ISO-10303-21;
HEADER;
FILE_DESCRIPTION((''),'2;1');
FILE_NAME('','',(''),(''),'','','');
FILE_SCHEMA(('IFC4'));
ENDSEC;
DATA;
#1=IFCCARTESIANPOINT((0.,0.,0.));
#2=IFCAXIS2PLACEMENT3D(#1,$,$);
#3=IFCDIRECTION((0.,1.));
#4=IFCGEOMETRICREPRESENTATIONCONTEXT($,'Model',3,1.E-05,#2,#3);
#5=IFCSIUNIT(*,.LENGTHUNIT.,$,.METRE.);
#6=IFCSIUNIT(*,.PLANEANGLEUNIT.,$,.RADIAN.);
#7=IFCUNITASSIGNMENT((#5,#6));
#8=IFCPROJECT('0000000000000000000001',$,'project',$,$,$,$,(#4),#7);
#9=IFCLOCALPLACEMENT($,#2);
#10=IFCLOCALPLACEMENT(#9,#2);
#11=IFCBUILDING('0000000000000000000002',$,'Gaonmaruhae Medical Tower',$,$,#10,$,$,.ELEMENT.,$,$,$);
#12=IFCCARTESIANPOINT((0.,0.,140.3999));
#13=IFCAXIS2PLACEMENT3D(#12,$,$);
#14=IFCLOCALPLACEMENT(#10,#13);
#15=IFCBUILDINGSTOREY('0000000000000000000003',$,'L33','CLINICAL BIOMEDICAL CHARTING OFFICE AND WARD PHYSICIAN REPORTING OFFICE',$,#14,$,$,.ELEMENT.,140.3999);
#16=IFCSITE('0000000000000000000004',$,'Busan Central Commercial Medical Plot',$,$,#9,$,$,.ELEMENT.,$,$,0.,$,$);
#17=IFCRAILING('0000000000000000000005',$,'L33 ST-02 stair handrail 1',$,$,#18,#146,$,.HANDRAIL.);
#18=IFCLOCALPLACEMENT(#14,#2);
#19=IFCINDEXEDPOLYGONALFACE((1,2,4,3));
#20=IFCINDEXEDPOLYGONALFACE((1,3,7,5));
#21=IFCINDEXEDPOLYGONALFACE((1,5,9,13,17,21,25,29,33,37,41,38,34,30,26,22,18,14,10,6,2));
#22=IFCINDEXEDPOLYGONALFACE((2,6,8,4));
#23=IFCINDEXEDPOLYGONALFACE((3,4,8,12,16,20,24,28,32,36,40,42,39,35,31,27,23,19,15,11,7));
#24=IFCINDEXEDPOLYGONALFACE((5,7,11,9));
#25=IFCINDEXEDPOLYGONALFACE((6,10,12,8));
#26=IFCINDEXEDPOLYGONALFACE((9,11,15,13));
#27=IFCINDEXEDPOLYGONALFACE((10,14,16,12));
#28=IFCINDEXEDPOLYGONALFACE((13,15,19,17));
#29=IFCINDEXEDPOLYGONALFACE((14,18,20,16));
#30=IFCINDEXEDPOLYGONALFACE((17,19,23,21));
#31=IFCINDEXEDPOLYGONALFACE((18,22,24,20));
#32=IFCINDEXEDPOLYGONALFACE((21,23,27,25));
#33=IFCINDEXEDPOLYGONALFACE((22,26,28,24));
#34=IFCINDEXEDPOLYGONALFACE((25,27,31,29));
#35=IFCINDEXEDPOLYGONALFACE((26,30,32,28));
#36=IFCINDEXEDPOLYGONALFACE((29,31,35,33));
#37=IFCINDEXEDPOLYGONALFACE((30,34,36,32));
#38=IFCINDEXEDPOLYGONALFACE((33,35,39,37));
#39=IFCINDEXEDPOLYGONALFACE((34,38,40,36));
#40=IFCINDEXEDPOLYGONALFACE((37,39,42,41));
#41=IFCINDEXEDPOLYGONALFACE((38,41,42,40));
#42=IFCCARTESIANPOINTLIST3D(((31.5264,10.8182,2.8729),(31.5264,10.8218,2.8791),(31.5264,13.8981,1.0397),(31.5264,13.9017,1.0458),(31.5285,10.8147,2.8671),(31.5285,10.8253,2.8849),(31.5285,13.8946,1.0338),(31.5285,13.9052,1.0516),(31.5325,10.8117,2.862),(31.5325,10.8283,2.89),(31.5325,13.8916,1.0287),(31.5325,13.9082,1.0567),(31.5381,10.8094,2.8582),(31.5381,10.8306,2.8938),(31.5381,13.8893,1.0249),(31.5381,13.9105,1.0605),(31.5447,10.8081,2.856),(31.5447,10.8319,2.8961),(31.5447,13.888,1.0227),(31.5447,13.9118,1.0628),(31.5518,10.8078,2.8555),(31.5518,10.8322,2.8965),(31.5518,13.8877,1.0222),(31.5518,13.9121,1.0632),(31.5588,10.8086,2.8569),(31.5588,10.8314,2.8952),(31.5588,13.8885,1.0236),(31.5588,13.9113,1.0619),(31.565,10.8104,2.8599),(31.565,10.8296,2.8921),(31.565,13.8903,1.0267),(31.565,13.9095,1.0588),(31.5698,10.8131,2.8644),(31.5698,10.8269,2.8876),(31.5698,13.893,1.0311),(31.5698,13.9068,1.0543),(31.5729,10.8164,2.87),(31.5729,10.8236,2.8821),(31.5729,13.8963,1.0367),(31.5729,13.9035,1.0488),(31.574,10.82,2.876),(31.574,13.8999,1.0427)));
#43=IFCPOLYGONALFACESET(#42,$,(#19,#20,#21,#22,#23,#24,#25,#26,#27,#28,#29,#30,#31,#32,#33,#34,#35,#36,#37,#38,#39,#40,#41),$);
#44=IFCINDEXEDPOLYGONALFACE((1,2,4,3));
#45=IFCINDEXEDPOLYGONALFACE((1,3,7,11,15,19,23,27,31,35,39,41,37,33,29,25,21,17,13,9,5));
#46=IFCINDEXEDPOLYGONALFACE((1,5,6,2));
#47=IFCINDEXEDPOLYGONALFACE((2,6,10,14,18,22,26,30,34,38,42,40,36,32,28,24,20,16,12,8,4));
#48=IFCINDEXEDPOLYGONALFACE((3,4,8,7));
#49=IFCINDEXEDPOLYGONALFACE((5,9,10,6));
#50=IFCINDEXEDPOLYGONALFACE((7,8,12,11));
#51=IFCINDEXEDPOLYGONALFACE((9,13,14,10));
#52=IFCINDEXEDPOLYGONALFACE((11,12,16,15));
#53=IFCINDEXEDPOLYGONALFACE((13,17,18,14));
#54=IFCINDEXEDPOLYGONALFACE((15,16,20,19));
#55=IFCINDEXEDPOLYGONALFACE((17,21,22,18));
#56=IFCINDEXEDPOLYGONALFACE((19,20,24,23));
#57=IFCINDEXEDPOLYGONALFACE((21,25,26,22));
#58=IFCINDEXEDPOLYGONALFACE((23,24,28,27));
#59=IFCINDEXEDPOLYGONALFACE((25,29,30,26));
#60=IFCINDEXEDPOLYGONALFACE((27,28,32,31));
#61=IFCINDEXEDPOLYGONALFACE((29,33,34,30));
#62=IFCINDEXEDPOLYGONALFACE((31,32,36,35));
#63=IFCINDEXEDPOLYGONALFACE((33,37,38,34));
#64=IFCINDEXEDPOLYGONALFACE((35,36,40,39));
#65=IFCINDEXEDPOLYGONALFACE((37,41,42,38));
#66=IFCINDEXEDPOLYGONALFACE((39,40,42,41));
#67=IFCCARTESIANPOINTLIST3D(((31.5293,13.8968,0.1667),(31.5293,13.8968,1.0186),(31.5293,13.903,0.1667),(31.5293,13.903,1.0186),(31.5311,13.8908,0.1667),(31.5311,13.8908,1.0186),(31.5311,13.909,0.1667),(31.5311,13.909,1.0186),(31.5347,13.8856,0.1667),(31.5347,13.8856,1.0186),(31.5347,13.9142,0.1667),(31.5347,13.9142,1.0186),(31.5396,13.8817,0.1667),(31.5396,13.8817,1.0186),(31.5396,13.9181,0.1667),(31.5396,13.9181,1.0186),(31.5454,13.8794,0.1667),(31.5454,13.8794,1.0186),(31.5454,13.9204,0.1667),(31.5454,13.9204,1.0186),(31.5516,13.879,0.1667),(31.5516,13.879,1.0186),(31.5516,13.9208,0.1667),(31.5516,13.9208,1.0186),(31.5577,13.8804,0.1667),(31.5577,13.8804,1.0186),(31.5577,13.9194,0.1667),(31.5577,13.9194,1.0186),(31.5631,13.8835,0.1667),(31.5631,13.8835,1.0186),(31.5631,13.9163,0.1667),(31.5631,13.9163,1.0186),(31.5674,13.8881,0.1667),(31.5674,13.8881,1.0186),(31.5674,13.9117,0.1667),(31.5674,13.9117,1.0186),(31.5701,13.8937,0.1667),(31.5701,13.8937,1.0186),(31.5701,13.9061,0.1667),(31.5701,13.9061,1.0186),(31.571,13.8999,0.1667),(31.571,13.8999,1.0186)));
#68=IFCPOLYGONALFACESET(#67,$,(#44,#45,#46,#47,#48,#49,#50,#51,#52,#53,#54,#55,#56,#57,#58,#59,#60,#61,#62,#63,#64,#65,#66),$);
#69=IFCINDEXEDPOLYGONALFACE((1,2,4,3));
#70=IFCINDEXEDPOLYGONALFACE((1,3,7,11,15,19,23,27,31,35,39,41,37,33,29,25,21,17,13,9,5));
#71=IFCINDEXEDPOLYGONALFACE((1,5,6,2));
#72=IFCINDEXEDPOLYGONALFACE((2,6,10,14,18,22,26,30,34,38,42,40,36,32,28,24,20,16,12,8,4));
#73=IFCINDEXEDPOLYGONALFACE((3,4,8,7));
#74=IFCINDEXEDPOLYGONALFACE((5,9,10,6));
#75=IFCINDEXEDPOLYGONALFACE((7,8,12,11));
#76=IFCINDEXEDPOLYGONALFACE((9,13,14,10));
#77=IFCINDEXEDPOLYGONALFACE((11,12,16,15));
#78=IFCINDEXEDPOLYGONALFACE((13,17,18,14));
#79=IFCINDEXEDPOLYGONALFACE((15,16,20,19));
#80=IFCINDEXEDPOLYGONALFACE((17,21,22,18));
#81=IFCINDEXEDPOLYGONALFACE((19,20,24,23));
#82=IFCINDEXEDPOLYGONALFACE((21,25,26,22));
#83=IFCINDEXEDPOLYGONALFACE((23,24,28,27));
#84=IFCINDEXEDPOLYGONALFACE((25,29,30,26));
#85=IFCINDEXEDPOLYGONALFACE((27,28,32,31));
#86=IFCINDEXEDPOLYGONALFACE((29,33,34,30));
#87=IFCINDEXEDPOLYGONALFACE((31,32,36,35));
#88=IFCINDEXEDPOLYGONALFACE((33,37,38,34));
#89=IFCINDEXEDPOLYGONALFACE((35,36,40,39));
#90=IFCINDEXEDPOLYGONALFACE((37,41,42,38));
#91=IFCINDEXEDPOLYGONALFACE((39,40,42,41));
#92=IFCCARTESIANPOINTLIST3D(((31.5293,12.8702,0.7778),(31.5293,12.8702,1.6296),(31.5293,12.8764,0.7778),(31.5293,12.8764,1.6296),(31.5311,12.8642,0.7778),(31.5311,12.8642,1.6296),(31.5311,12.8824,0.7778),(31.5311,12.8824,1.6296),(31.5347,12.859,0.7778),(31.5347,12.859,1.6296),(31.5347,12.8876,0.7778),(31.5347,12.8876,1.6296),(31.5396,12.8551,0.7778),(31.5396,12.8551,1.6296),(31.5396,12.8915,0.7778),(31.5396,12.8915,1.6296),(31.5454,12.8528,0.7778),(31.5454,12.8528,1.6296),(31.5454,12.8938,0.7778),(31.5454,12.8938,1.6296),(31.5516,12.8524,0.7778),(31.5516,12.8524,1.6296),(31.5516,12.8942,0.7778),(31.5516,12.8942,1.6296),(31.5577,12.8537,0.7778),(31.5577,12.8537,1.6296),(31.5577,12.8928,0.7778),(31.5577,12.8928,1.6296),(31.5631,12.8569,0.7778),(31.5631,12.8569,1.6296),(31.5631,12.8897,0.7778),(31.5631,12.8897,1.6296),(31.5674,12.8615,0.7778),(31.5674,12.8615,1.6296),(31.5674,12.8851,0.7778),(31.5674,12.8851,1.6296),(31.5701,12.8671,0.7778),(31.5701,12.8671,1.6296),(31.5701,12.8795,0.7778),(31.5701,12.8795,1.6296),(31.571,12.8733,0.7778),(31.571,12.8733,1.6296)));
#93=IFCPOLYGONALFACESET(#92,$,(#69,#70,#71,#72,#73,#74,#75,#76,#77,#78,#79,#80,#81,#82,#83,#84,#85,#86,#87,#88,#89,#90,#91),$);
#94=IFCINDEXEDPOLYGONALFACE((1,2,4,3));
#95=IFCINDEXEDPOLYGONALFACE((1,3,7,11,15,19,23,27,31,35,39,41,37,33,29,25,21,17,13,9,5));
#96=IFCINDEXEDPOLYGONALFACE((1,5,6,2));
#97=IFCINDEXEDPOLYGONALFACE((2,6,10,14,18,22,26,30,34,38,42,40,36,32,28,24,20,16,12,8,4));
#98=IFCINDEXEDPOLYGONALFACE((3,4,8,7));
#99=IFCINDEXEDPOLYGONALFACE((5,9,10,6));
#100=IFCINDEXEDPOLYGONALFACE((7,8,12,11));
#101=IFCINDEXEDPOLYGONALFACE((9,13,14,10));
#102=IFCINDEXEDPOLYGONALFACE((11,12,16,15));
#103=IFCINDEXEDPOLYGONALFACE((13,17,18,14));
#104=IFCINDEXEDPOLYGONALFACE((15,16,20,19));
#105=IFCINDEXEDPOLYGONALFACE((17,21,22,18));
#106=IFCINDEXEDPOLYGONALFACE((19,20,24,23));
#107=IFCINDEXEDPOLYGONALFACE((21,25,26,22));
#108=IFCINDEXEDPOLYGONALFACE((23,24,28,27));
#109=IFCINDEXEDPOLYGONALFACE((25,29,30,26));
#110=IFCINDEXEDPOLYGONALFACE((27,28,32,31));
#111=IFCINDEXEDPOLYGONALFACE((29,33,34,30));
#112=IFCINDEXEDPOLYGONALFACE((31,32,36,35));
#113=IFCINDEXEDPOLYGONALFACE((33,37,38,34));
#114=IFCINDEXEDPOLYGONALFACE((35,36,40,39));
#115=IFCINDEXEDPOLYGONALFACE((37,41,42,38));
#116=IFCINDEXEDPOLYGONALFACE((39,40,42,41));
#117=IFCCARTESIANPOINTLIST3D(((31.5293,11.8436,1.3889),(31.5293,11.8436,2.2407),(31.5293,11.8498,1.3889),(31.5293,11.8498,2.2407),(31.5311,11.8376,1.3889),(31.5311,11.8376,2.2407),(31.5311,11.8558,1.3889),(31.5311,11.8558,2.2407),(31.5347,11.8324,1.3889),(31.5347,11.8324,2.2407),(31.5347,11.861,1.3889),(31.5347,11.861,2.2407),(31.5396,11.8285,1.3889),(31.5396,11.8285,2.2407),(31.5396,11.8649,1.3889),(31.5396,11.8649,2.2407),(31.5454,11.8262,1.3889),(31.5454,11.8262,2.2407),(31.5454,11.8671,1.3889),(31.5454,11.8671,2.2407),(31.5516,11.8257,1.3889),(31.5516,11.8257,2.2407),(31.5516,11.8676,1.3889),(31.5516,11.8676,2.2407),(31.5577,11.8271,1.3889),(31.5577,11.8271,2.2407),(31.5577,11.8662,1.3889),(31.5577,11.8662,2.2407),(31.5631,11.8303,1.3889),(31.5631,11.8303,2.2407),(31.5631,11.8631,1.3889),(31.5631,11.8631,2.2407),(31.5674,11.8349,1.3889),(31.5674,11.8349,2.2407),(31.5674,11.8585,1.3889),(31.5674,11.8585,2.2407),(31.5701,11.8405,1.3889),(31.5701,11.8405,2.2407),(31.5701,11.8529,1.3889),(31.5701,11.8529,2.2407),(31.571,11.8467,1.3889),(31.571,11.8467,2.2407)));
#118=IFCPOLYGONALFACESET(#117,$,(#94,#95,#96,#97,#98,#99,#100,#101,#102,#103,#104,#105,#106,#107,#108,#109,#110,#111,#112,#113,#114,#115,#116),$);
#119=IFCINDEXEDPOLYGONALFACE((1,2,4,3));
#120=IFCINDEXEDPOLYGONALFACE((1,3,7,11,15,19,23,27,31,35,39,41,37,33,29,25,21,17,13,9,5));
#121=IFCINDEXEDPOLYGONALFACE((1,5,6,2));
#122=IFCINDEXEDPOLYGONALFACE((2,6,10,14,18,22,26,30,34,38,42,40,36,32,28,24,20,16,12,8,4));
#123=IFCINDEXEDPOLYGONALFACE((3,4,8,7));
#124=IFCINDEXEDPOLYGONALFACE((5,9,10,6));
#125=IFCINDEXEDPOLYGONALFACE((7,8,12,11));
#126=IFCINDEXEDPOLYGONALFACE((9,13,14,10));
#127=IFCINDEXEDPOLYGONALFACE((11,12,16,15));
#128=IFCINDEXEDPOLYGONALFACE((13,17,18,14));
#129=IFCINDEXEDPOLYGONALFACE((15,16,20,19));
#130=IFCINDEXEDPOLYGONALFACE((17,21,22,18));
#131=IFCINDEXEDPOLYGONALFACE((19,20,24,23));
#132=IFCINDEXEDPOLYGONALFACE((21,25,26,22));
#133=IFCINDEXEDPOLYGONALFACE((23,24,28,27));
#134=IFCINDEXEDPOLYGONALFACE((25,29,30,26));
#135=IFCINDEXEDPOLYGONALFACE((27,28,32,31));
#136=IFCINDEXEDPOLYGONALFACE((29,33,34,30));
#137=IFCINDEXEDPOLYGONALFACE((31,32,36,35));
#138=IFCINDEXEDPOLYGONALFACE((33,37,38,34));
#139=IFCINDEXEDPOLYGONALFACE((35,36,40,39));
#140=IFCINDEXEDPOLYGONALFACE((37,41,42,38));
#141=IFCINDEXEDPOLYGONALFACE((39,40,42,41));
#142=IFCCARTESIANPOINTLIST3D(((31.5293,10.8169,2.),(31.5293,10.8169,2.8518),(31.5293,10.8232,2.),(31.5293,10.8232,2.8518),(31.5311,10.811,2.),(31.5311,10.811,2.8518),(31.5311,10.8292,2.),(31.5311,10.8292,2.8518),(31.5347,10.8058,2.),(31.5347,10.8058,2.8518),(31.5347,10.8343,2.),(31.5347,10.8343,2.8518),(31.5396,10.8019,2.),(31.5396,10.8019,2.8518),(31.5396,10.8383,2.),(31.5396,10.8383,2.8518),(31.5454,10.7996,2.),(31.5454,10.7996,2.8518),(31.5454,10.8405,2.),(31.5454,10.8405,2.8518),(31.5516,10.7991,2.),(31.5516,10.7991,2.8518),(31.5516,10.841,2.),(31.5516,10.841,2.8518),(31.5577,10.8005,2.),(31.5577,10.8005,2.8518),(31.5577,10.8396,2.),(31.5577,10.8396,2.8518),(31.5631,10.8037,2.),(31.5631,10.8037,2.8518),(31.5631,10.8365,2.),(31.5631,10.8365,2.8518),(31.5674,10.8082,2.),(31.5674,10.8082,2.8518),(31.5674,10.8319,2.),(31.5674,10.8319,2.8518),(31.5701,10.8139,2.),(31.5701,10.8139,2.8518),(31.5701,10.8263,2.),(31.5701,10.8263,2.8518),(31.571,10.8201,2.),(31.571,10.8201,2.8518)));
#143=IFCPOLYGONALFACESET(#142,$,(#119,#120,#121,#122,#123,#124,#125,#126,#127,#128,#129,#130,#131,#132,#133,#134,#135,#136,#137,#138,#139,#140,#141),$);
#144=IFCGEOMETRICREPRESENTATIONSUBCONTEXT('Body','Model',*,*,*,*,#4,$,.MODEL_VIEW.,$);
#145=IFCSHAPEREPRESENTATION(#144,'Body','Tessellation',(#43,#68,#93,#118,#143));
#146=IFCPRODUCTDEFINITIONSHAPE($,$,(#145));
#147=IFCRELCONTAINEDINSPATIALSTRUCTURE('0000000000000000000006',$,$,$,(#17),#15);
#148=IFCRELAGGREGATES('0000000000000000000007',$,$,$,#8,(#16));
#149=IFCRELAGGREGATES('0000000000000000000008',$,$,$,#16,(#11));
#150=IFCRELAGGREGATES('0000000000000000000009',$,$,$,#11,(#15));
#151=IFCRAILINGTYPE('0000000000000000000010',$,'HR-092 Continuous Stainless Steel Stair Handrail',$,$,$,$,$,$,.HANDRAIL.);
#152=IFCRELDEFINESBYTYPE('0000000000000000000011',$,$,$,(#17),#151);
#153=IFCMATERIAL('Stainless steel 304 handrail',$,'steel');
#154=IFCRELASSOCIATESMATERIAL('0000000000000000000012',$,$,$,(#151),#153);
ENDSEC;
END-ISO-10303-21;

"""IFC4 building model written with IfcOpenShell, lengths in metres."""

from ifc_helpers import new_model, si_unit, direction, frame, origin, origin_2d, place, context, subcontext, project, spatial, circle, extrude, material, type_object, element, save


model = new_model("IFC4")

# Units and contexts
model_context = context("Model", 3, precision=1e-05, world=origin(), true_north=direction((0.0, 1.0)))
body_context = subcontext(model_context, "Body", "Model", "MODEL_VIEW")
ifc_project = project(units=[si_unit("LENGTHUNIT", "METRE"), si_unit("PLANEANGLEUNIT", "RADIAN")], contexts=[model_context])

# Site, building, storey
site_placement = place(None, origin())
site = spatial("IfcSite", under=ifc_project, at=site_placement, Name="Busan Central Commercial Medical Plot", CompositionType="ELEMENT", RefElevation=0.0)
building_placement = place(site_placement, origin())
building = spatial("IfcBuilding", under=site, at=building_placement, Name="Gaonmaruhae Medical Tower", CompositionType="ELEMENT")
storey_placement = place(building_placement, frame((0.0, 0.0, 140.3999)))
storey = spatial("IfcBuildingStorey", under=building, at=storey_placement, Name="L33", Description="CLINICAL BIOMEDICAL CHARTING OFFICE AND WARD PHYSICIAN REPORTING OFFICE", CompositionType="ELEMENT", Elevation=140.3999)

# Railing
ifc_material_1 = material(Name="Stainless steel 304 handrail", Category="steel")
railing_type_1 = type_object("IfcRailingType", Name="HR-092 Continuous Stainless Steel Stair Handrail", PredefinedType="HANDRAIL", material=ifc_material_1)
railing_1_placement = place(storey_placement, frame((31.55, 13.8999, 0.1667)))
element("IfcRailing", 1, at=railing_1_placement, inside=storey, type_object=railing_type_1, Name="L33 ST-02 stair handrail 1", PredefinedType="HANDRAIL", context=body_context, shape_type="SweptSolid", body=[
    extrude(circle(Radius=0.0239, at=origin_2d()), frame((0.0, 0.0, 0.876), z_axis=(0.0, -0.859291, 0.511487), x_axis=(1.0, 0.0, 0.0)), (0.0, 0.0, 1.0), 3.5842),
    extrude(circle(Radius=0.021, at=origin_2d()), origin(), (0.0, 0.0, 1.0), 0.8518),
    extrude(circle(Radius=0.021, at=origin_2d()), frame((0.0, -1.0266, 0.6111)), (0.0, 0.0, 1.0), 0.8518),
    extrude(circle(Radius=0.021, at=origin_2d()), frame((0.0, -2.0532, 1.2222)), (0.0, 0.0, 1.0), 0.8518),
    extrude(circle(Radius=0.021, at=origin_2d()), frame((0.0, -3.0798, 1.8333)), (0.0, 0.0, 1.0), 0.8518),
])

save(model, "model.ifc")
